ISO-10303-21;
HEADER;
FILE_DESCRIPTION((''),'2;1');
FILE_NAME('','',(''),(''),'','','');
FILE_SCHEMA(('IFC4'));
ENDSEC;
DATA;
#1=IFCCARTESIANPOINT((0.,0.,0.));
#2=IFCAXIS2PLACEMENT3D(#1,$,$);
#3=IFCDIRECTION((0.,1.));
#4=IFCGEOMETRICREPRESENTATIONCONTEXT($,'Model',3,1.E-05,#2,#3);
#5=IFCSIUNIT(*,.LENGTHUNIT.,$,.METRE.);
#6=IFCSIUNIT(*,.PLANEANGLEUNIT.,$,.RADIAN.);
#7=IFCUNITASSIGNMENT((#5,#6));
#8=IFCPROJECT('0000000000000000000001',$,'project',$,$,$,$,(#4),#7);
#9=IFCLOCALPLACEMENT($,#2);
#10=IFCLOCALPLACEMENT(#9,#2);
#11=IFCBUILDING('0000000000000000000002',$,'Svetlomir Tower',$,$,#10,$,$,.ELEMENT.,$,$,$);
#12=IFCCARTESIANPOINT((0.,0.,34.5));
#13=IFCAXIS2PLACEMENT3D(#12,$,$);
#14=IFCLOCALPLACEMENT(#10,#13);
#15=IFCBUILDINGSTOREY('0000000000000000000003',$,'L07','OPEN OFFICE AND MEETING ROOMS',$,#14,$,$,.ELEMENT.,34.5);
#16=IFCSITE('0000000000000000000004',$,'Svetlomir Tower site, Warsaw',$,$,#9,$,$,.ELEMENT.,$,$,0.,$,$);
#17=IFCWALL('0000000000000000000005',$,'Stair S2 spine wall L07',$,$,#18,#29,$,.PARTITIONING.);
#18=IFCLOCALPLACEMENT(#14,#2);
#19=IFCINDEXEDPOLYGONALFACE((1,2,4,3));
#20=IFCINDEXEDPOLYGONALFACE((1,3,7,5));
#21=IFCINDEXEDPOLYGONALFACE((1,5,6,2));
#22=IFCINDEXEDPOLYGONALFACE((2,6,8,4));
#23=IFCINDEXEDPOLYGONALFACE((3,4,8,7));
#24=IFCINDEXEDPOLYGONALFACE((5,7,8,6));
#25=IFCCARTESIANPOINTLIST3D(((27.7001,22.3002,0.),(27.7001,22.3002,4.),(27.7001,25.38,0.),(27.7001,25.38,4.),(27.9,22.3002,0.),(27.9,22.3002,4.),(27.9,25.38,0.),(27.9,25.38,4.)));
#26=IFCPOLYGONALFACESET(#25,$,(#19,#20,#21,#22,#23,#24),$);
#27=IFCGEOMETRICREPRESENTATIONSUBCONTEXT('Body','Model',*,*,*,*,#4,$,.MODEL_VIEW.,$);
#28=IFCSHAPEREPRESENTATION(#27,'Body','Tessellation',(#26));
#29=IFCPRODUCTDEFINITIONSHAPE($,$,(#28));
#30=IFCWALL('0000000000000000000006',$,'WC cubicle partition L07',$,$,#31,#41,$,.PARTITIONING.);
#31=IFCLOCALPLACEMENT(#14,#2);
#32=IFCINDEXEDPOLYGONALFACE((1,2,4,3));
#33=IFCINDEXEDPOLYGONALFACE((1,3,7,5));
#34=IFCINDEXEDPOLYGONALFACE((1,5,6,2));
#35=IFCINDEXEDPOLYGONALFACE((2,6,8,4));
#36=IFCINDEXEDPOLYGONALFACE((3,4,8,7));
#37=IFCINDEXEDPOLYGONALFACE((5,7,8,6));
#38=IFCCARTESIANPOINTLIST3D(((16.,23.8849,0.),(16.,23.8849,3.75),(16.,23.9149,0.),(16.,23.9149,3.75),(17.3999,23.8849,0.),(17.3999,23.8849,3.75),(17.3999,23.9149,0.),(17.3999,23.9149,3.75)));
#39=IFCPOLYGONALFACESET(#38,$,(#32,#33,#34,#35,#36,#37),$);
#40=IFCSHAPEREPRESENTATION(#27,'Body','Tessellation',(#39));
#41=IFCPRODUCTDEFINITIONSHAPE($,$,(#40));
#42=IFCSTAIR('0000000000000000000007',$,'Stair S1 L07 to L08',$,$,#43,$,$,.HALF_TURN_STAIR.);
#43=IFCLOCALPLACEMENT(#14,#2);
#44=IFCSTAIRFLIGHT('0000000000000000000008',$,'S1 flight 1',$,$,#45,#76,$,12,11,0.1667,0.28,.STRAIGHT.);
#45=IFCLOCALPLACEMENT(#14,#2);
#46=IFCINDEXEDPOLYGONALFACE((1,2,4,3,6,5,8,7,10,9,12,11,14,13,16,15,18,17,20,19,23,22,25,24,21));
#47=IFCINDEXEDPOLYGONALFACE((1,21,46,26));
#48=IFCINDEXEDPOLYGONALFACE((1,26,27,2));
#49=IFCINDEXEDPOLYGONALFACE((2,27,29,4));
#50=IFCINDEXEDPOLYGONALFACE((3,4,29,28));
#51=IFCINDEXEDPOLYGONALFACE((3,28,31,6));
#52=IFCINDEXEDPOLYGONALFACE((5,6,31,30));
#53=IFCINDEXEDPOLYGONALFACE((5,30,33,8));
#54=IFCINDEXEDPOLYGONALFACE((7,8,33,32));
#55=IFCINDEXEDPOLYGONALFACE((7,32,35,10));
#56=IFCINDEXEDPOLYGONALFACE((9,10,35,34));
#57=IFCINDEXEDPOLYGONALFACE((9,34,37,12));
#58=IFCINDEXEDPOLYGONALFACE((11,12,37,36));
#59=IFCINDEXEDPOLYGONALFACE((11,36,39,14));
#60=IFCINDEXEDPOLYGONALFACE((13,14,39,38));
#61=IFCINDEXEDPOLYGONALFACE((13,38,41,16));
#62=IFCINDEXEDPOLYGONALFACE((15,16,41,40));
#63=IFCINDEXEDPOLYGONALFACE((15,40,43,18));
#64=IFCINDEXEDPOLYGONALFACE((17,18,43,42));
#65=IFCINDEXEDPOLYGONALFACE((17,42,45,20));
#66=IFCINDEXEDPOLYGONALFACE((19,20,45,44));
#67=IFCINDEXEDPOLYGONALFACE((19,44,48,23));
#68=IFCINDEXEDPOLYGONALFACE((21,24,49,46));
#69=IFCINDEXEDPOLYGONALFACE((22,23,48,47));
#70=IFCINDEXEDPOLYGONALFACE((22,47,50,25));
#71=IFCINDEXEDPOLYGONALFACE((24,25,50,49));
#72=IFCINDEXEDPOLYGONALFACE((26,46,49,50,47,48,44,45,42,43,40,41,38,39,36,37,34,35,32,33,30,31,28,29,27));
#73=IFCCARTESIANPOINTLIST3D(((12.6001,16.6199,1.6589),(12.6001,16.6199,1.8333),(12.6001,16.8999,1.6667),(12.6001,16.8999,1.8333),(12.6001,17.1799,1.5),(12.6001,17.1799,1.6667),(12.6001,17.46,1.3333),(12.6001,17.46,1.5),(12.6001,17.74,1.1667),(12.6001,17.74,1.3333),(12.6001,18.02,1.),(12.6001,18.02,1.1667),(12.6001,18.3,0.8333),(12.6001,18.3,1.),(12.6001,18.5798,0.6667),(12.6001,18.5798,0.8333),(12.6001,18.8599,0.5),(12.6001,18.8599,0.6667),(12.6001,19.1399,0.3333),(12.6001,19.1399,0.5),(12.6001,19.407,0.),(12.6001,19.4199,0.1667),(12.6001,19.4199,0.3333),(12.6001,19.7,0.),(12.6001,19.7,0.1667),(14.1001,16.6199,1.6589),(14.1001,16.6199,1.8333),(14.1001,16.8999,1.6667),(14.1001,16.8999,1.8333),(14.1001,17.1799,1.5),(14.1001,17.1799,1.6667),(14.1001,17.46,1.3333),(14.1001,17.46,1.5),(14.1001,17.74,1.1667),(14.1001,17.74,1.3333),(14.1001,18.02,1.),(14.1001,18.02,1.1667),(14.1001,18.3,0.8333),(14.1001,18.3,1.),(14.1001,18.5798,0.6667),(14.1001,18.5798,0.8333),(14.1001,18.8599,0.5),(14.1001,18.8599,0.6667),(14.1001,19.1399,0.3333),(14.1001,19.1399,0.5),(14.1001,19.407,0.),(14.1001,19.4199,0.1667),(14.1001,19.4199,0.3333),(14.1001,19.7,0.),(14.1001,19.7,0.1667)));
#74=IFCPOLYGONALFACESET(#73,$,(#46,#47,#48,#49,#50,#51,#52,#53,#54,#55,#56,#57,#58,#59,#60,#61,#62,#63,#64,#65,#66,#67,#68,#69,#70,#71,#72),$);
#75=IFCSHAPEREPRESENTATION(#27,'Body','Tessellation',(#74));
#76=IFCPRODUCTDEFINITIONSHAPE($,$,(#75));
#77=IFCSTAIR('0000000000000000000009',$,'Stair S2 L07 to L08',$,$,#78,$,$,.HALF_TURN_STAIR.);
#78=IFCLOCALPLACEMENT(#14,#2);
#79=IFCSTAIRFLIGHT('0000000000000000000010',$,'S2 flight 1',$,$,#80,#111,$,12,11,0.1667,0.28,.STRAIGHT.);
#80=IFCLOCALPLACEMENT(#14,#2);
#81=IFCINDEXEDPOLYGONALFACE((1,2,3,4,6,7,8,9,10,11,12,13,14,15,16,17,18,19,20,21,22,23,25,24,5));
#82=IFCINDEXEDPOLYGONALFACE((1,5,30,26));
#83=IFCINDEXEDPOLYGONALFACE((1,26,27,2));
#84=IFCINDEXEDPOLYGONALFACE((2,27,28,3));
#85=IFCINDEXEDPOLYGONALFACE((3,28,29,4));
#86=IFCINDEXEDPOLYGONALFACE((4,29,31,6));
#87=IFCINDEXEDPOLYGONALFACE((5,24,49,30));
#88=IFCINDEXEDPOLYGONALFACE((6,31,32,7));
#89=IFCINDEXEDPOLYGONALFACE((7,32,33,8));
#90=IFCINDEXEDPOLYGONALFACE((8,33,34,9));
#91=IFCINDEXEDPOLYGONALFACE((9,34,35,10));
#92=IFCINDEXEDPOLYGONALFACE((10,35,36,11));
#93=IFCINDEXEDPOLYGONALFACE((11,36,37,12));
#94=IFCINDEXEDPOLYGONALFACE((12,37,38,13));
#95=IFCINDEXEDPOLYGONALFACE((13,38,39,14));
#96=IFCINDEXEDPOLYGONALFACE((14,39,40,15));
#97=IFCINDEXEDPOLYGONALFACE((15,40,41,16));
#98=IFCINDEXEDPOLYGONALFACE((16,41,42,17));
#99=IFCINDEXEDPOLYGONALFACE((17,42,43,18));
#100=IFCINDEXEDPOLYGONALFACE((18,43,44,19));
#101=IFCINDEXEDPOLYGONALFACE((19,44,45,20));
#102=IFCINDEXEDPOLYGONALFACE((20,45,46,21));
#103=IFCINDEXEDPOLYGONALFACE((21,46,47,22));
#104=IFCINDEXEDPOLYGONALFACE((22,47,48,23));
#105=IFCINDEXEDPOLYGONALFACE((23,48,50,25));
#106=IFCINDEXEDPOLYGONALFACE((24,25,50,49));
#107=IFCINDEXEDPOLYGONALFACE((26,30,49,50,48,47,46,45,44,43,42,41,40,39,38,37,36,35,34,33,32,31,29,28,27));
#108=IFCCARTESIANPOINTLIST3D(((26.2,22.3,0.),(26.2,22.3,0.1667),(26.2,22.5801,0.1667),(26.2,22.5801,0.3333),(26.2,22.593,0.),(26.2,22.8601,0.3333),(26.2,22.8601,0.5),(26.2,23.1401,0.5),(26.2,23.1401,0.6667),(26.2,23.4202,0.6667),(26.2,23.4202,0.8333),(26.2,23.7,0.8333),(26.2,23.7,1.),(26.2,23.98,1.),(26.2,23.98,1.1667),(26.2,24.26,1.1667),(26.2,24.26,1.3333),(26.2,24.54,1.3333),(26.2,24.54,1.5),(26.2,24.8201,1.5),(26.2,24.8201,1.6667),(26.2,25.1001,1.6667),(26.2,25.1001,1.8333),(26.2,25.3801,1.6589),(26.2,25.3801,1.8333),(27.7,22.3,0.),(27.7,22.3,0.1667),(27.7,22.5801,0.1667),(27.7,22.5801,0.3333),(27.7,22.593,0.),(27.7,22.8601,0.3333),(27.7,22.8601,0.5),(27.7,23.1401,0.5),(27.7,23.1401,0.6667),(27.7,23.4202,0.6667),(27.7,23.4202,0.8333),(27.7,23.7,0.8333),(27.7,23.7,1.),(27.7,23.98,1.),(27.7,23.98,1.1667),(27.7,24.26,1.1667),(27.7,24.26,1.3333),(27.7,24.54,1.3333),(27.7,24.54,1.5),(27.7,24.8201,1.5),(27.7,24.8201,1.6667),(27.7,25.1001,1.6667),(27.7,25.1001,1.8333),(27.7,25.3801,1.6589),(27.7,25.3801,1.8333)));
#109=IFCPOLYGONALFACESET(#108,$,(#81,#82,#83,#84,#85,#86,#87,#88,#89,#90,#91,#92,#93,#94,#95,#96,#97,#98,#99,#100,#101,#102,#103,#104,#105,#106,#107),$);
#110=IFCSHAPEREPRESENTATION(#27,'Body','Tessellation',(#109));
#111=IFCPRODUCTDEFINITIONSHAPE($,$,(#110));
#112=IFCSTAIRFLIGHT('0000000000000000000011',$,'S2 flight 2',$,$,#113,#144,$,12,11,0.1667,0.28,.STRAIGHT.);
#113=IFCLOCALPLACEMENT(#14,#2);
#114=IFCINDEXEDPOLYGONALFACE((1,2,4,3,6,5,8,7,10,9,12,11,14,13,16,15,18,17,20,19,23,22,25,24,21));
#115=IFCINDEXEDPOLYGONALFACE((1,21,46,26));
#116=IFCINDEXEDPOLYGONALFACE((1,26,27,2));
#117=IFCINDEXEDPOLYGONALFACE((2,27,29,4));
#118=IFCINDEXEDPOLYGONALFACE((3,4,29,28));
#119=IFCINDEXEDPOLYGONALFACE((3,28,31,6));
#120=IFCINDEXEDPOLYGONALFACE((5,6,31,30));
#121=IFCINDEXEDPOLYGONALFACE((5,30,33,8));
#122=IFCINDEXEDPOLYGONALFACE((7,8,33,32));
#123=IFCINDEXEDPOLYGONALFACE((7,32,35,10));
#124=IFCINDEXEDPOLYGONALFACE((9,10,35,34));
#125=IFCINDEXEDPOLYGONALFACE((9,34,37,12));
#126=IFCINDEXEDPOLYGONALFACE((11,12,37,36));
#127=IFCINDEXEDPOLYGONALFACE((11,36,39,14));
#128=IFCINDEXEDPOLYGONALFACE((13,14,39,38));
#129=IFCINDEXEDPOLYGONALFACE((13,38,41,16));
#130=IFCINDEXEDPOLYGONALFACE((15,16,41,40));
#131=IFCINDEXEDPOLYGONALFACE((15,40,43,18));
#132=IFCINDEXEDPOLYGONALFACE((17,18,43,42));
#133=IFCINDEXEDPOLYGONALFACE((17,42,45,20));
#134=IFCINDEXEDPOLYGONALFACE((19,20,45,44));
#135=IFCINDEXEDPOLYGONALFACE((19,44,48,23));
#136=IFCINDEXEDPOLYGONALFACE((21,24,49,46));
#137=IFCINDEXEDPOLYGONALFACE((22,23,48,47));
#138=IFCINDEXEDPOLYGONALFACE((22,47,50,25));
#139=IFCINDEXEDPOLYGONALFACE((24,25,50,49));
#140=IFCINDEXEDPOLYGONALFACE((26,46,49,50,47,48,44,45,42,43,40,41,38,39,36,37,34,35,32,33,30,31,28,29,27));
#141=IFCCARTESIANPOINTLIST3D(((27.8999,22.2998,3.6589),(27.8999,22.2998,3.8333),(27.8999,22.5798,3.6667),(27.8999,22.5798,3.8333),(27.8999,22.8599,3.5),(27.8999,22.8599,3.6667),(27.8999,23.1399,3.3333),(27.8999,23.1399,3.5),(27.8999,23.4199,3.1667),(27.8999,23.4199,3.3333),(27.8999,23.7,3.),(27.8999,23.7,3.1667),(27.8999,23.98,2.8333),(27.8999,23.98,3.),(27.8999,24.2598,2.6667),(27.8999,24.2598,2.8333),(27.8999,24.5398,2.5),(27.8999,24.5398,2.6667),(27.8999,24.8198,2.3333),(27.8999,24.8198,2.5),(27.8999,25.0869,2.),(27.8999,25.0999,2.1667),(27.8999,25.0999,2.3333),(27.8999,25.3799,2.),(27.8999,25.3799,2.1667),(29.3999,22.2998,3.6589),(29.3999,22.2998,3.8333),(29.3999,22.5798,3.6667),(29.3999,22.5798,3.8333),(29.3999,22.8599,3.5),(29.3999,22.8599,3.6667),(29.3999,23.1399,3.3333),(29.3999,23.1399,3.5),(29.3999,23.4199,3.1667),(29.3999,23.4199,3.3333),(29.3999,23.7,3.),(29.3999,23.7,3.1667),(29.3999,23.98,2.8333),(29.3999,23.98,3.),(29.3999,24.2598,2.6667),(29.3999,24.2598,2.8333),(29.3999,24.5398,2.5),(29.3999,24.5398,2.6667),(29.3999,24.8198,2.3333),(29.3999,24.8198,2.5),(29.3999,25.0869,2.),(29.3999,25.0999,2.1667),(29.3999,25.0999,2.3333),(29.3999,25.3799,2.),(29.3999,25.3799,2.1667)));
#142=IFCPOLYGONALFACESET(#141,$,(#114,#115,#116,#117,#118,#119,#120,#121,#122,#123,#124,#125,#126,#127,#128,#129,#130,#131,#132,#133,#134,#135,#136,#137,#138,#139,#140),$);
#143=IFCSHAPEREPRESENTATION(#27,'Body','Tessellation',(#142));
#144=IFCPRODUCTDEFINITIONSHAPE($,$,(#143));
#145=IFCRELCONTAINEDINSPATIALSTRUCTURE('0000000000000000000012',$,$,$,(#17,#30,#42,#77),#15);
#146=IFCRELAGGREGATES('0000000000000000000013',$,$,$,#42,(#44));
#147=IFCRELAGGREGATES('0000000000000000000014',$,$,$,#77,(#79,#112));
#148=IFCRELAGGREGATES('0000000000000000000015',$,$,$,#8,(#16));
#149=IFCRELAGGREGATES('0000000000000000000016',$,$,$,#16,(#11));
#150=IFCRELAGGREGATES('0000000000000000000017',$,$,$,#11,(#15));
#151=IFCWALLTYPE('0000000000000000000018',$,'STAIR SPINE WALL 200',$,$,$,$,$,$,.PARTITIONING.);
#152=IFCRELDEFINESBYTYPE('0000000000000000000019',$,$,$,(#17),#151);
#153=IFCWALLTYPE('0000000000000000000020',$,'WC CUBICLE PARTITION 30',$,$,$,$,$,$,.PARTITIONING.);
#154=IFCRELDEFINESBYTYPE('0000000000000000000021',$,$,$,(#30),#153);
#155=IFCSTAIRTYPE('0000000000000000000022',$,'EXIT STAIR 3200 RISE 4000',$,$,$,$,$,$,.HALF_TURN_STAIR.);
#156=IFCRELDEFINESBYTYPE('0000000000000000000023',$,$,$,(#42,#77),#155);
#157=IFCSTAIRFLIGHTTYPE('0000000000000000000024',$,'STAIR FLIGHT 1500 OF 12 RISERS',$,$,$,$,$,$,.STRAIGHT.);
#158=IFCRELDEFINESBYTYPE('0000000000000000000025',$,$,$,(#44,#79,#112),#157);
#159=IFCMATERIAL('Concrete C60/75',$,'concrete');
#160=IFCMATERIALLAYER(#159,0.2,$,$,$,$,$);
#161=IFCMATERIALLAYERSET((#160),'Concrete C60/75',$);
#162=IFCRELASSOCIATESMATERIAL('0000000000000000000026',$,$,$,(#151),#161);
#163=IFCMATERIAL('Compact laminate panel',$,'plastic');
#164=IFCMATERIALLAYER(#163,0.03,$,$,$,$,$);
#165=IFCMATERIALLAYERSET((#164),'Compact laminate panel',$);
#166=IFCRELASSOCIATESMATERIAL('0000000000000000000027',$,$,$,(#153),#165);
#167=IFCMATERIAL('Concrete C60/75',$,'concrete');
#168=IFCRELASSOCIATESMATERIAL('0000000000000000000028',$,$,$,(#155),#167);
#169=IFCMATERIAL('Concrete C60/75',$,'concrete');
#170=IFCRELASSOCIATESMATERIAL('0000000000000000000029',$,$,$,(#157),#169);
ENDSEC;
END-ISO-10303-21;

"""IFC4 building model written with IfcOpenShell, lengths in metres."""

from ifc_helpers import new_model, si_unit, direction, frame, frame_2d, origin, place, context, subcontext, project, spatial, polyline, rectangle, outline, extrude, material, layer, layer_set, type_object, element, aggregate, save


model = new_model("IFC4")

# Units and contexts
model_context = context("Model", 3, precision=1e-05, world=origin(), true_north=direction((0.0, 1.0)))
body_context = subcontext(model_context, "Body", "Model", "MODEL_VIEW")
ifc_project = project(units=[si_unit("LENGTHUNIT", "METRE"), si_unit("PLANEANGLEUNIT", "RADIAN")], contexts=[model_context])

# Site, building, storey
site_placement = place(None, origin())
site = spatial("IfcSite", under=ifc_project, at=site_placement, Name="Svetlomir Tower site, Warsaw", CompositionType="ELEMENT", RefElevation=0.0)
building_placement = place(site_placement, origin())
building = spatial("IfcBuilding", under=site, at=building_placement, Name="Svetlomir Tower", CompositionType="ELEMENT")
storey_placement = place(building_placement, frame((0.0, 0.0, 34.5)))
storey = spatial("IfcBuildingStorey", under=building, at=storey_placement, Name="L07", Description="OPEN OFFICE AND MEETING ROOMS", CompositionType="ELEMENT", Elevation=34.5)

# Walls
ifc_material_1 = material(Name="Concrete C60/75", Category="concrete")
ifc_layer_1 = layer(ifc_material_1, 0.2)
ifc_layer_set_1 = layer_set([ifc_layer_1], Name="Concrete C60/75")
wall_type_1 = type_object("IfcWallType", Name="STAIR SPINE WALL 200", PredefinedType="PARTITIONING", material=ifc_layer_set_1)
wall_1_placement = place(storey_placement, frame((27.8, 22.3, 0.0), z_axis=(0.0, 0.0, 1.0), x_axis=(0.0, 1.0, 0.0)))
element("IfcWall", 1, at=wall_1_placement, inside=storey, type_object=wall_type_1, Name="Stair S2 spine wall L07", PredefinedType="PARTITIONING", context=body_context, shape_type="SweptSolid", body=[
    extrude(rectangle(XDim=3.0798, YDim=0.2, at=frame_2d((1.54, 0.0))), origin(), (0.0, 0.0, 1.0), 4.0),
])
ifc_material_2 = material(Name="Compact laminate panel", Category="plastic")
ifc_layer_2 = layer(ifc_material_2, 0.03)
ifc_layer_set_2 = layer_set([ifc_layer_2], Name="Compact laminate panel")
wall_type_2 = type_object("IfcWallType", Name="WC CUBICLE PARTITION 30", PredefinedType="PARTITIONING", material=ifc_layer_set_2)
wall_2_placement = place(storey_placement, frame((16.0, 23.8999, 0.0), z_axis=(0.0, 0.0, 1.0), x_axis=(1.0, 0.0, 0.0)))
element("IfcWall", 2, at=wall_2_placement, inside=storey, type_object=wall_type_2, Name="WC cubicle partition L07", PredefinedType="PARTITIONING", context=body_context, shape_type="SweptSolid", body=[
    extrude(rectangle(XDim=1.3999, YDim=0.03, at=frame_2d((0.7, 0.0))), origin(), (0.0, 0.0, 1.0), 3.75),
])

# Stair, stair flight
ifc_material_3 = material(Name="Concrete C60/75", Category="concrete")
stair_type = type_object("IfcStairType", Name="EXIT STAIR 3200 RISE 4000", PredefinedType="HALF_TURN_STAIR", material=ifc_material_3)
stair_1_placement = place(storey_placement, origin())
stair_1 = element("IfcStair", 3, at=stair_1_placement, inside=storey, type_object=stair_type, Name="Stair S1 L07 to L08", PredefinedType="HALF_TURN_STAIR")
ifc_material_4 = material(Name="Concrete C60/75", Category="concrete")
stair_flight_type = type_object("IfcStairFlightType", Name="STAIR FLIGHT 1500 OF 12 RISERS", PredefinedType="STRAIGHT", material=ifc_material_4)
stair_flight_1_placement = place(storey_placement, frame((13.3501, 19.7, 0.0), z_axis=(0.0, 0.0, 1.0), x_axis=(0.0, -1.0, 0.0)))
stair_flight_1 = element("IfcStairFlight", 4, at=stair_flight_1_placement, type_object=stair_flight_type, Name="S1 flight 1", NumberOfRisers=12, NumberOfTreads=11, PredefinedType="STRAIGHT", RiserHeight=0.1667, TreadLength=0.28, context=body_context, shape_type="SweptSolid", body=[
    extrude(outline(polyline([(0.0, 0.0), (0.0, 0.1667), (0.28, 0.1667), (0.28, 0.3333), (0.5601, 0.3333), (0.5601, 0.5), (0.8401, 0.5), (0.8401, 0.6667), (1.1201, 0.6667), (1.1201, 0.8333), (1.3999, 0.8333), (1.3999, 1.0), (1.6799, 1.0), (1.6799, 1.1667), (1.96, 1.1667), (1.96, 1.3333), (2.24, 1.3333), (2.24, 1.5), (2.52, 1.5), (2.52, 1.6667), (2.8, 1.6667), (2.8, 1.8333), (3.0801, 1.8333), (3.0801, 2.0), (3.0801, 1.6589), (0.293, 0.0), (0.0, 0.0)])), frame((0.0, 0.75, 0.0), z_axis=(0.0, -1.0, 0.0), x_axis=(1.0, 0.0, 0.0)), (0.0, 0.0, 1.0), 1.5),
])
aggregate(stair_1, [stair_flight_1])

# Stair, stair flights
stair_2_placement = place(storey_placement, origin())
stair_2 = element("IfcStair", 5, at=stair_2_placement, inside=storey, type_object=stair_type, Name="Stair S2 L07 to L08", PredefinedType="HALF_TURN_STAIR")
stair_flight_2_placement = place(storey_placement, frame((26.95, 22.3, 0.0), z_axis=(0.0, 0.0, 1.0), x_axis=(0.0, 1.0, 0.0)))
stair_flight_2 = element("IfcStairFlight", 6, at=stair_flight_2_placement, type_object=stair_flight_type, Name="S2 flight 1", NumberOfRisers=12, NumberOfTreads=11, PredefinedType="STRAIGHT", RiserHeight=0.1667, TreadLength=0.28, context=body_context, shape_type="SweptSolid", body=[
    extrude(outline(polyline([(0.0, 0.0), (0.0, 0.1667), (0.28, 0.1667), (0.28, 0.3333), (0.5601, 0.3333), (0.5601, 0.5), (0.8401, 0.5), (0.8401, 0.6667), (1.1201, 0.6667), (1.1201, 0.8333), (1.3999, 0.8333), (1.3999, 1.0), (1.6799, 1.0), (1.6799, 1.1667), (1.96, 1.1667), (1.96, 1.3333), (2.24, 1.3333), (2.24, 1.5), (2.52, 1.5), (2.52, 1.6667), (2.8, 1.6667), (2.8, 1.8333), (3.0801, 1.8333), (3.0801, 2.0), (3.0801, 1.6589), (0.293, 0.0), (0.0, 0.0)])), frame((0.0, 0.75, 0.0), z_axis=(0.0, -1.0, 0.0), x_axis=(1.0, 0.0, 0.0)), (0.0, 0.0, 1.0), 1.5),
])
stair_flight_3_placement = place(storey_placement, frame((28.6499, 25.3799, 2.0), z_axis=(0.0, 0.0, 1.0), x_axis=(0.0, -1.0, 0.0)))
stair_flight_3 = element("IfcStairFlight", 7, at=stair_flight_3_placement, type_object=stair_flight_type, Name="S2 flight 2", NumberOfRisers=12, NumberOfTreads=11, PredefinedType="STRAIGHT", RiserHeight=0.1667, TreadLength=0.28, context=body_context, shape_type="SweptSolid", body=[
    extrude(outline(polyline([(0.0, 0.0), (0.0, 0.1667), (0.28, 0.1667), (0.28, 0.3333), (0.5601, 0.3333), (0.5601, 0.5), (0.8401, 0.5), (0.8401, 0.6667), (1.1201, 0.6667), (1.1201, 0.8333), (1.3999, 0.8333), (1.3999, 1.0), (1.6799, 1.0), (1.6799, 1.1667), (1.96, 1.1667), (1.96, 1.3333), (2.24, 1.3333), (2.24, 1.5), (2.52, 1.5), (2.52, 1.6667), (2.8, 1.6667), (2.8, 1.8333), (3.0801, 1.8333), (3.0801, 2.0), (3.0801, 1.6589), (0.293, 0.0), (0.0, 0.0)])), frame((0.0, 0.75, 0.0), z_axis=(0.0, -1.0, 0.0), x_axis=(1.0, 0.0, 0.0)), (0.0, 0.0, 1.0), 1.5),
])
aggregate(stair_2, [stair_flight_2, stair_flight_3])

save(model, "model.ifc")
